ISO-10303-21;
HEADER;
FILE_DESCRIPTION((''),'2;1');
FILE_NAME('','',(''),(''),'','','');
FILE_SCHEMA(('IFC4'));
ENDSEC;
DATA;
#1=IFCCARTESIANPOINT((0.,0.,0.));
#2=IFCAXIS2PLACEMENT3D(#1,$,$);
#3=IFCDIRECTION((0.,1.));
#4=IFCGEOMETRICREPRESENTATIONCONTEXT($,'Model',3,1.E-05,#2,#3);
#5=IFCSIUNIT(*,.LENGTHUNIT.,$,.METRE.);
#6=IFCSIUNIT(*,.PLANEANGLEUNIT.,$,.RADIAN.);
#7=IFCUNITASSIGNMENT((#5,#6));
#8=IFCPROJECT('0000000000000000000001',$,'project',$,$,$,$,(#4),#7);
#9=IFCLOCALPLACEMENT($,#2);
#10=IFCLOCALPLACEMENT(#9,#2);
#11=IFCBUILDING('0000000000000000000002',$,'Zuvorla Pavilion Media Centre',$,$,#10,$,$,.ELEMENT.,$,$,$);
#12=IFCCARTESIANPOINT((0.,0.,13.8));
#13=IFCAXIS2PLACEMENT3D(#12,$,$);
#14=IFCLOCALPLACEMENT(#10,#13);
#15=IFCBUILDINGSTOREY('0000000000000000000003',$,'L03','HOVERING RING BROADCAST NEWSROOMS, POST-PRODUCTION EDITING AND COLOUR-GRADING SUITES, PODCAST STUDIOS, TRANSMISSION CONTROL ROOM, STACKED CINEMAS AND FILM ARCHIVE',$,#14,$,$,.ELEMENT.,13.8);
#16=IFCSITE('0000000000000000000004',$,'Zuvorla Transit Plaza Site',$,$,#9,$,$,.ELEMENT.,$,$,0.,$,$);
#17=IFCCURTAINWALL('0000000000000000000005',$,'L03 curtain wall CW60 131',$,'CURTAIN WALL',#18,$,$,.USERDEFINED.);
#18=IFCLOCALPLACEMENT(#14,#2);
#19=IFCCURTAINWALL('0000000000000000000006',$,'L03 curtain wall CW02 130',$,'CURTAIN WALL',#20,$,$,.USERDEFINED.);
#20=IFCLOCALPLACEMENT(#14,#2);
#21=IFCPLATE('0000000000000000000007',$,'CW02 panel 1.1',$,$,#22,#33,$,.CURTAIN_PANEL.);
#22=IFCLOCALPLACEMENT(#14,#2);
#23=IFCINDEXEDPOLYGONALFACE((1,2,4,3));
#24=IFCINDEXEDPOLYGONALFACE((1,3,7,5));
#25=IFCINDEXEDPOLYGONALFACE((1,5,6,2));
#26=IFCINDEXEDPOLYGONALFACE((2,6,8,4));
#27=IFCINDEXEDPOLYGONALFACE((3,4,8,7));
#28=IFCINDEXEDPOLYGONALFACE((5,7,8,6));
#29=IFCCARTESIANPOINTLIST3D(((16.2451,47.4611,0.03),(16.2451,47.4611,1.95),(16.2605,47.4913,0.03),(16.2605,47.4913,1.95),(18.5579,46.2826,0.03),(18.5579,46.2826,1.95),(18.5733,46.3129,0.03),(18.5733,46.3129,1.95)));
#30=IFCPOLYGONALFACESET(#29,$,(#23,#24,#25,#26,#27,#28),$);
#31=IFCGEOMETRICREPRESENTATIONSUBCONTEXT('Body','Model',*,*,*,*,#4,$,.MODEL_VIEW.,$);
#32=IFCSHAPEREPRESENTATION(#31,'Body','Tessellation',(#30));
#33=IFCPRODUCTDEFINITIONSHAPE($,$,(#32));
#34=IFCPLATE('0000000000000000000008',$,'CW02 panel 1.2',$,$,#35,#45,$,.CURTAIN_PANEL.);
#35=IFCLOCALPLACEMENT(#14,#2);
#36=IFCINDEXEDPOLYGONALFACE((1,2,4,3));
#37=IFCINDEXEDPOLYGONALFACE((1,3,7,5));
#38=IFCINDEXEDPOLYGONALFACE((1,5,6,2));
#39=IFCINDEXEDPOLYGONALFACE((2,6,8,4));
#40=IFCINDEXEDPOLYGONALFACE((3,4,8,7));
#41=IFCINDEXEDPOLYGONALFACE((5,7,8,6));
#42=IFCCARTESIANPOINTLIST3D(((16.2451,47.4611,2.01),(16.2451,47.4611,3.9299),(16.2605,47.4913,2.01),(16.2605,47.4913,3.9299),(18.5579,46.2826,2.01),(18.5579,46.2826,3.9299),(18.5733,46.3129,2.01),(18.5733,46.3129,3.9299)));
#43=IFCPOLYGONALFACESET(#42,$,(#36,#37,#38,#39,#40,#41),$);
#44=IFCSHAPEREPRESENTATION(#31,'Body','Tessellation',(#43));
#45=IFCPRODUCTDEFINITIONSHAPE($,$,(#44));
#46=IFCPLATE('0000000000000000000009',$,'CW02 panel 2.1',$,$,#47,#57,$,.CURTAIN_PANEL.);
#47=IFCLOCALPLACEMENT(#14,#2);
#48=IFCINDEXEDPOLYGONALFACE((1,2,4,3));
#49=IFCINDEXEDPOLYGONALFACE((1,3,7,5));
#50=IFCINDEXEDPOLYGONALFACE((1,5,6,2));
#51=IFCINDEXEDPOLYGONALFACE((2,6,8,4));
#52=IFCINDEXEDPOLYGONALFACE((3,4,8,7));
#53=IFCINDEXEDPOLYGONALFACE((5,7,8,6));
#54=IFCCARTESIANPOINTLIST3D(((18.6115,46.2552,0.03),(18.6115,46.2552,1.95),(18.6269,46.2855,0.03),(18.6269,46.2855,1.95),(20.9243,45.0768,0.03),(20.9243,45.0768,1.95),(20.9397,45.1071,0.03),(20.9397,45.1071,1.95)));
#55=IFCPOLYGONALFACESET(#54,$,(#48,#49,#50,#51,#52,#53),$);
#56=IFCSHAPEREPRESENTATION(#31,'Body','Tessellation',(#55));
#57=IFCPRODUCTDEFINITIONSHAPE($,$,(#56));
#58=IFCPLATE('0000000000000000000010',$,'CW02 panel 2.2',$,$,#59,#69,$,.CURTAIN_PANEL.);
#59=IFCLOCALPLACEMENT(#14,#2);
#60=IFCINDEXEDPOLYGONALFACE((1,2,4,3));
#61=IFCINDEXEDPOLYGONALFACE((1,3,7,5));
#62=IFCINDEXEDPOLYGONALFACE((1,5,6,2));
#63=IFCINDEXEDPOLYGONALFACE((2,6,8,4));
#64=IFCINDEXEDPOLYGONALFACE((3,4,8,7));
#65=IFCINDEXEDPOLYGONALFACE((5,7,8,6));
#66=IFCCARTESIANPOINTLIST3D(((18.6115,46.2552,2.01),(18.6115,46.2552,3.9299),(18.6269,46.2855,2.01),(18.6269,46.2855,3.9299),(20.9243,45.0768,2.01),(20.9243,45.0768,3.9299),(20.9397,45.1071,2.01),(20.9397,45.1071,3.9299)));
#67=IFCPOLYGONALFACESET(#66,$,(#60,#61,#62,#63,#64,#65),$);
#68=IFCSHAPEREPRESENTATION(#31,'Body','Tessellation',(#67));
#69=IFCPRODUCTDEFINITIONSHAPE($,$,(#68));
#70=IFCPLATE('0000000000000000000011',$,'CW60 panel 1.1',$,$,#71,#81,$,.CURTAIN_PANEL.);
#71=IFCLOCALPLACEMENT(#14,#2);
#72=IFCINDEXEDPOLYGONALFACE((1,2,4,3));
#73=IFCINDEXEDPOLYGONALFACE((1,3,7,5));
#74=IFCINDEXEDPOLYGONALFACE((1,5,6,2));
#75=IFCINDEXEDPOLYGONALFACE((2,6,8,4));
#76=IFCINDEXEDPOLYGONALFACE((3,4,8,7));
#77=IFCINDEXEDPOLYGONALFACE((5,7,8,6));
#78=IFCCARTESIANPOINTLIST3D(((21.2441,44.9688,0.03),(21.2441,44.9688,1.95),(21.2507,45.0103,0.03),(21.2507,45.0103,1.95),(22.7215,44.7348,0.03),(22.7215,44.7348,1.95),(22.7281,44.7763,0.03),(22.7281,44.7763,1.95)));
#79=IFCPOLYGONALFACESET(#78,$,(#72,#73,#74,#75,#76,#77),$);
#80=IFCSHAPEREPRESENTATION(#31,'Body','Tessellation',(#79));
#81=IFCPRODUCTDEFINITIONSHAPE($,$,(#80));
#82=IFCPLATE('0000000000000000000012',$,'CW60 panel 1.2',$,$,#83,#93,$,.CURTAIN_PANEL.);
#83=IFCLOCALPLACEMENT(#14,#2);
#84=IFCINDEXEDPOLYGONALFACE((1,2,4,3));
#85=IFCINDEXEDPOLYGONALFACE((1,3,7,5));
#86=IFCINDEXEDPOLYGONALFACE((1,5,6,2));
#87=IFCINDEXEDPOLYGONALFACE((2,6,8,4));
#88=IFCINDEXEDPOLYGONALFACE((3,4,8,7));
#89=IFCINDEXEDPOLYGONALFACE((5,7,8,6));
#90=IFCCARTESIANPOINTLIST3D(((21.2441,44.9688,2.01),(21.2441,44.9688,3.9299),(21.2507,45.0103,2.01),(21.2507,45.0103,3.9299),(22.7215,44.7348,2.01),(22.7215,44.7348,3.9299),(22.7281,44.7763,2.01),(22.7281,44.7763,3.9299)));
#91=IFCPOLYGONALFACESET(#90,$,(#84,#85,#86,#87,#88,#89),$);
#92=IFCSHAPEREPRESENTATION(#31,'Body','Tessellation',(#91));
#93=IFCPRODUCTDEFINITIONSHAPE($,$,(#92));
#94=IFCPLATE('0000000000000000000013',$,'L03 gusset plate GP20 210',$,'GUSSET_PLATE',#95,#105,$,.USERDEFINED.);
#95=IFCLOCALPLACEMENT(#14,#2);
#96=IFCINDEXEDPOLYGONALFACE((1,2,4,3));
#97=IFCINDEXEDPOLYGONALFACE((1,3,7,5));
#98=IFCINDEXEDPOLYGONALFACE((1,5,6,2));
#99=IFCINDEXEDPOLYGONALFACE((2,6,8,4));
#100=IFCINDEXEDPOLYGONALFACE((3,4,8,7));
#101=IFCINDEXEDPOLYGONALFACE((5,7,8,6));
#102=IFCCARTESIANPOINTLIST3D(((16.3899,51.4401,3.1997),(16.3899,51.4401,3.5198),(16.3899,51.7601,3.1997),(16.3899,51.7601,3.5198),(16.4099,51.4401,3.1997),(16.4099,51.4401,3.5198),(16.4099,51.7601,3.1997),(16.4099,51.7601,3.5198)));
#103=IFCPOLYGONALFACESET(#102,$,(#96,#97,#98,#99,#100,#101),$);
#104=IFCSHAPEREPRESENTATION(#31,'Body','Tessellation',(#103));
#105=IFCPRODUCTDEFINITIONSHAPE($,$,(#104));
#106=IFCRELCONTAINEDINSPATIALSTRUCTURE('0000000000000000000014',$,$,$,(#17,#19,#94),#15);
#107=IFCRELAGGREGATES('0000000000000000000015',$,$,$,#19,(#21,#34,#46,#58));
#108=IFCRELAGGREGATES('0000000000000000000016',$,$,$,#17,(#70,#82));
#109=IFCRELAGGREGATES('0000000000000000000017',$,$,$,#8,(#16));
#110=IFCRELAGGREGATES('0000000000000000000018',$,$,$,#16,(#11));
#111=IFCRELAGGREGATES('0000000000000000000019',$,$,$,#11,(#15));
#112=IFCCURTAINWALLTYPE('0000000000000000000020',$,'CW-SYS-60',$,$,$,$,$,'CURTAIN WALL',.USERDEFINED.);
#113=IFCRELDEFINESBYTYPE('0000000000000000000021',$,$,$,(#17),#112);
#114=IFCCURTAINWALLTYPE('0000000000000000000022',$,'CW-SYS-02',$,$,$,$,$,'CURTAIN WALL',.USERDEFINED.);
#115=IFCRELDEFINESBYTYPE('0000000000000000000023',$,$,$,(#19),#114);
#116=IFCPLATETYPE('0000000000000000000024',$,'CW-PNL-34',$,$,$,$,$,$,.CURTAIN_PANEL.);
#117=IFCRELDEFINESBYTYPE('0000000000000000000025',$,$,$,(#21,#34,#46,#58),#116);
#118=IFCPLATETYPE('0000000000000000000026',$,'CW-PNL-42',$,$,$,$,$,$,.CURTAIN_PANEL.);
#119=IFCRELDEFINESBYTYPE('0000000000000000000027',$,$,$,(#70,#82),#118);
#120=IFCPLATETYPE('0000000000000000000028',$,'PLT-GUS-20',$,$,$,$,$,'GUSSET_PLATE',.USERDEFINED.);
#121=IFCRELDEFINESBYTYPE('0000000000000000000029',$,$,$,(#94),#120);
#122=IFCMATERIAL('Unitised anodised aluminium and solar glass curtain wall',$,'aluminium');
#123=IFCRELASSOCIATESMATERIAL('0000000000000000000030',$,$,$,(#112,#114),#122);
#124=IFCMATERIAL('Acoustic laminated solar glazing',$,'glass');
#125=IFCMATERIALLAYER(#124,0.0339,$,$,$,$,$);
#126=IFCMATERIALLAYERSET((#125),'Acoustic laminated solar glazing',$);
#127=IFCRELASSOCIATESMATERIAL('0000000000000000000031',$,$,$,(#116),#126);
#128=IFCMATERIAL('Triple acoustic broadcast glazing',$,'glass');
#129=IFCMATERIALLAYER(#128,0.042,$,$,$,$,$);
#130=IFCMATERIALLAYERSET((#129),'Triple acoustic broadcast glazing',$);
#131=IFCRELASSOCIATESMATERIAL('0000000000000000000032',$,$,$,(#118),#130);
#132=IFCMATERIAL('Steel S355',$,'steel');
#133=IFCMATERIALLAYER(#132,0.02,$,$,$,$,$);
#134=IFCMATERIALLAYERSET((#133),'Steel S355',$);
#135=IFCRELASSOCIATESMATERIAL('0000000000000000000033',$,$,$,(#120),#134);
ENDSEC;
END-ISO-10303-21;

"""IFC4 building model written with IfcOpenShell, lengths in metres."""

from ifc_helpers import new_model, si_unit, direction, frame, origin, origin_2d, place, context, subcontext, project, spatial, rectangle, extrude, material, layer, layer_set, type_object, element, aggregate, save


model = new_model("IFC4")

# Units and contexts
model_context = context("Model", 3, precision=1e-05, world=origin(), true_north=direction((0.0, 1.0)))
body_context = subcontext(model_context, "Body", "Model", "MODEL_VIEW")
ifc_project = project(units=[si_unit("LENGTHUNIT", "METRE"), si_unit("PLANEANGLEUNIT", "RADIAN")], contexts=[model_context])

# Site, building, storey
site_placement = place(None, origin())
site = spatial("IfcSite", under=ifc_project, at=site_placement, Name="Zuvorla Transit Plaza Site", CompositionType="ELEMENT", RefElevation=0.0)
building_placement = place(site_placement, origin())
building = spatial("IfcBuilding", under=site, at=building_placement, Name="Zuvorla Pavilion Media Centre", CompositionType="ELEMENT")
storey_placement = place(building_placement, frame((0.0, 0.0, 13.8)))
storey = spatial("IfcBuildingStorey", under=building, at=storey_placement, Name="L03", Description="HOVERING RING BROADCAST NEWSROOMS, POST-PRODUCTION EDITING AND COLOUR-GRADING SUITES, PODCAST STUDIOS, TRANSMISSION CONTROL ROOM, STACKED CINEMAS AND FILM ARCHIVE", CompositionType="ELEMENT", Elevation=13.8)

# Shared definitions
ifc_material_1 = material(Name="Steel S355", Category="steel")

# Shared definitions
ifc_material_2 = material(Name="Unitised anodised aluminium and solar glass curtain wall", Category="aluminium")

# Curtain wall
curtain_wall_type_1 = type_object("IfcCurtainWallType", Name="CW-SYS-60", ElementType="CURTAIN WALL", PredefinedType="USERDEFINED", material=ifc_material_2)
curtain_wall_1_placement = place(storey_placement, origin())
curtain_wall_1 = element("IfcCurtainWall", 1, at=curtain_wall_1_placement, inside=storey, type_object=curtain_wall_type_1, Name="L03 curtain wall CW60 131", ObjectType="CURTAIN WALL", PredefinedType="USERDEFINED")

# Curtain wall
curtain_wall_type_2 = type_object("IfcCurtainWallType", Name="CW-SYS-02", ElementType="CURTAIN WALL", PredefinedType="USERDEFINED", material=ifc_material_2)
curtain_wall_2_placement = place(storey_placement, origin())
curtain_wall_2 = element("IfcCurtainWall", 2, at=curtain_wall_2_placement, inside=storey, type_object=curtain_wall_type_2, Name="L03 curtain wall CW02 130", ObjectType="CURTAIN WALL", PredefinedType="USERDEFINED")

# Plates
ifc_material_3 = material(Name="Acoustic laminated solar glazing", Category="glass")
ifc_layer_1 = layer(ifc_material_3, 0.0339)
ifc_layer_set_1 = layer_set([ifc_layer_1], Name="Acoustic laminated solar glazing")
plate_type_1 = type_object("IfcPlateType", Name="CW-PNL-34", PredefinedType="CURTAIN_PANEL", material=ifc_layer_set_1)
plate_1_placement = place(storey_placement, frame((17.4092, 46.887, 0.03), z_axis=(0.0, 0.0, 1.0), x_axis=(0.891009, -0.453986, 0.0)))
plate_1 = element("IfcPlate", 3, at=plate_1_placement, type_object=plate_type_1, Name="CW02 panel 1.1", PredefinedType="CURTAIN_PANEL", context=body_context, shape_type="SweptSolid", body=[
    extrude(rectangle(XDim=2.5957, YDim=0.0339, at=origin_2d()), origin(), (0.0, 0.0, 1.0), 1.9199),
])
plate_2_placement = place(storey_placement, frame((17.4092, 46.887, 2.01), z_axis=(0.0, 0.0, 1.0), x_axis=(0.891009, -0.453986, 0.0)))
plate_2 = element("IfcPlate", 4, at=plate_2_placement, type_object=plate_type_1, Name="CW02 panel 1.2", PredefinedType="CURTAIN_PANEL", context=body_context, shape_type="SweptSolid", body=[
    extrude(rectangle(XDim=2.5957, YDim=0.0339, at=origin_2d()), origin(), (0.0, 0.0, 1.0), 1.9199),
])
plate_3_placement = place(storey_placement, frame((19.7756, 45.6812, 0.03), z_axis=(0.0, 0.0, 1.0), x_axis=(0.891009, -0.453986, 0.0)))
plate_3 = element("IfcPlate", 5, at=plate_3_placement, type_object=plate_type_1, Name="CW02 panel 2.1", PredefinedType="CURTAIN_PANEL", context=body_context, shape_type="SweptSolid", body=[
    extrude(rectangle(XDim=2.5957, YDim=0.0339, at=origin_2d()), origin(), (0.0, 0.0, 1.0), 1.9199),
])
plate_4_placement = place(storey_placement, frame((19.7756, 45.6812, 2.01), z_axis=(0.0, 0.0, 1.0), x_axis=(0.891009, -0.453986, 0.0)))
plate_4 = element("IfcPlate", 6, at=plate_4_placement, type_object=plate_type_1, Name="CW02 panel 2.2", PredefinedType="CURTAIN_PANEL", context=body_context, shape_type="SweptSolid", body=[
    extrude(rectangle(XDim=2.5957, YDim=0.0339, at=origin_2d()), origin(), (0.0, 0.0, 1.0), 1.9199),
])
aggregate(curtain_wall_2, [plate_1, plate_2, plate_3, plate_4])
ifc_material_4 = material(Name="Triple acoustic broadcast glazing", Category="glass")
ifc_layer_2 = layer(ifc_material_4, 0.042)
ifc_layer_set_2 = layer_set([ifc_layer_2], Name="Triple acoustic broadcast glazing")
plate_type_2 = type_object("IfcPlateType", Name="CW-PNL-42", PredefinedType="CURTAIN_PANEL", material=ifc_layer_set_2)
plate_5_placement = place(storey_placement, frame((21.9861, 44.8726, 0.03), z_axis=(0.0, 0.0, 1.0), x_axis=(0.987689, -0.156431, 0.0)))
plate_5 = element("IfcPlate", 7, at=plate_5_placement, type_object=plate_type_2, Name="CW60 panel 1.1", PredefinedType="CURTAIN_PANEL", context=body_context, shape_type="SweptSolid", body=[
    extrude(rectangle(XDim=1.4958, YDim=0.042, at=origin_2d()), origin(), (0.0, 0.0, 1.0), 1.9199),
])
plate_6_placement = place(storey_placement, frame((21.9861, 44.8726, 2.01), z_axis=(0.0, 0.0, 1.0), x_axis=(0.987689, -0.156431, 0.0)))
plate_6 = element("IfcPlate", 8, at=plate_6_placement, type_object=plate_type_2, Name="CW60 panel 1.2", PredefinedType="CURTAIN_PANEL", context=body_context, shape_type="SweptSolid", body=[
    extrude(rectangle(XDim=1.4958, YDim=0.042, at=origin_2d()), origin(), (0.0, 0.0, 1.0), 1.9199),
])
aggregate(curtain_wall_1, [plate_5, plate_6])
ifc_layer_3 = layer(ifc_material_1, 0.02)
ifc_layer_set_3 = layer_set([ifc_layer_3], Name="Steel S355")
plate_type_3 = type_object("IfcPlateType", Name="PLT-GUS-20", ElementType="GUSSET_PLATE", PredefinedType="USERDEFINED", material=ifc_layer_set_3)
plate_7_placement = place(storey_placement, frame((16.3999, 51.6001, 3.1997), z_axis=(0.0, 0.0, 1.0), x_axis=(1.0, 0.0, 0.0)))
element("IfcPlate", 9, at=plate_7_placement, inside=storey, type_object=plate_type_3, Name="L03 gusset plate GP20 210", ObjectType="GUSSET_PLATE", PredefinedType="USERDEFINED", context=body_context, shape_type="SweptSolid", body=[
    extrude(rectangle(XDim=0.02, YDim=0.3201, at=origin_2d()), origin(), (0.0, 0.0, 1.0), 0.3201),
])

save(model, "model.ifc")
